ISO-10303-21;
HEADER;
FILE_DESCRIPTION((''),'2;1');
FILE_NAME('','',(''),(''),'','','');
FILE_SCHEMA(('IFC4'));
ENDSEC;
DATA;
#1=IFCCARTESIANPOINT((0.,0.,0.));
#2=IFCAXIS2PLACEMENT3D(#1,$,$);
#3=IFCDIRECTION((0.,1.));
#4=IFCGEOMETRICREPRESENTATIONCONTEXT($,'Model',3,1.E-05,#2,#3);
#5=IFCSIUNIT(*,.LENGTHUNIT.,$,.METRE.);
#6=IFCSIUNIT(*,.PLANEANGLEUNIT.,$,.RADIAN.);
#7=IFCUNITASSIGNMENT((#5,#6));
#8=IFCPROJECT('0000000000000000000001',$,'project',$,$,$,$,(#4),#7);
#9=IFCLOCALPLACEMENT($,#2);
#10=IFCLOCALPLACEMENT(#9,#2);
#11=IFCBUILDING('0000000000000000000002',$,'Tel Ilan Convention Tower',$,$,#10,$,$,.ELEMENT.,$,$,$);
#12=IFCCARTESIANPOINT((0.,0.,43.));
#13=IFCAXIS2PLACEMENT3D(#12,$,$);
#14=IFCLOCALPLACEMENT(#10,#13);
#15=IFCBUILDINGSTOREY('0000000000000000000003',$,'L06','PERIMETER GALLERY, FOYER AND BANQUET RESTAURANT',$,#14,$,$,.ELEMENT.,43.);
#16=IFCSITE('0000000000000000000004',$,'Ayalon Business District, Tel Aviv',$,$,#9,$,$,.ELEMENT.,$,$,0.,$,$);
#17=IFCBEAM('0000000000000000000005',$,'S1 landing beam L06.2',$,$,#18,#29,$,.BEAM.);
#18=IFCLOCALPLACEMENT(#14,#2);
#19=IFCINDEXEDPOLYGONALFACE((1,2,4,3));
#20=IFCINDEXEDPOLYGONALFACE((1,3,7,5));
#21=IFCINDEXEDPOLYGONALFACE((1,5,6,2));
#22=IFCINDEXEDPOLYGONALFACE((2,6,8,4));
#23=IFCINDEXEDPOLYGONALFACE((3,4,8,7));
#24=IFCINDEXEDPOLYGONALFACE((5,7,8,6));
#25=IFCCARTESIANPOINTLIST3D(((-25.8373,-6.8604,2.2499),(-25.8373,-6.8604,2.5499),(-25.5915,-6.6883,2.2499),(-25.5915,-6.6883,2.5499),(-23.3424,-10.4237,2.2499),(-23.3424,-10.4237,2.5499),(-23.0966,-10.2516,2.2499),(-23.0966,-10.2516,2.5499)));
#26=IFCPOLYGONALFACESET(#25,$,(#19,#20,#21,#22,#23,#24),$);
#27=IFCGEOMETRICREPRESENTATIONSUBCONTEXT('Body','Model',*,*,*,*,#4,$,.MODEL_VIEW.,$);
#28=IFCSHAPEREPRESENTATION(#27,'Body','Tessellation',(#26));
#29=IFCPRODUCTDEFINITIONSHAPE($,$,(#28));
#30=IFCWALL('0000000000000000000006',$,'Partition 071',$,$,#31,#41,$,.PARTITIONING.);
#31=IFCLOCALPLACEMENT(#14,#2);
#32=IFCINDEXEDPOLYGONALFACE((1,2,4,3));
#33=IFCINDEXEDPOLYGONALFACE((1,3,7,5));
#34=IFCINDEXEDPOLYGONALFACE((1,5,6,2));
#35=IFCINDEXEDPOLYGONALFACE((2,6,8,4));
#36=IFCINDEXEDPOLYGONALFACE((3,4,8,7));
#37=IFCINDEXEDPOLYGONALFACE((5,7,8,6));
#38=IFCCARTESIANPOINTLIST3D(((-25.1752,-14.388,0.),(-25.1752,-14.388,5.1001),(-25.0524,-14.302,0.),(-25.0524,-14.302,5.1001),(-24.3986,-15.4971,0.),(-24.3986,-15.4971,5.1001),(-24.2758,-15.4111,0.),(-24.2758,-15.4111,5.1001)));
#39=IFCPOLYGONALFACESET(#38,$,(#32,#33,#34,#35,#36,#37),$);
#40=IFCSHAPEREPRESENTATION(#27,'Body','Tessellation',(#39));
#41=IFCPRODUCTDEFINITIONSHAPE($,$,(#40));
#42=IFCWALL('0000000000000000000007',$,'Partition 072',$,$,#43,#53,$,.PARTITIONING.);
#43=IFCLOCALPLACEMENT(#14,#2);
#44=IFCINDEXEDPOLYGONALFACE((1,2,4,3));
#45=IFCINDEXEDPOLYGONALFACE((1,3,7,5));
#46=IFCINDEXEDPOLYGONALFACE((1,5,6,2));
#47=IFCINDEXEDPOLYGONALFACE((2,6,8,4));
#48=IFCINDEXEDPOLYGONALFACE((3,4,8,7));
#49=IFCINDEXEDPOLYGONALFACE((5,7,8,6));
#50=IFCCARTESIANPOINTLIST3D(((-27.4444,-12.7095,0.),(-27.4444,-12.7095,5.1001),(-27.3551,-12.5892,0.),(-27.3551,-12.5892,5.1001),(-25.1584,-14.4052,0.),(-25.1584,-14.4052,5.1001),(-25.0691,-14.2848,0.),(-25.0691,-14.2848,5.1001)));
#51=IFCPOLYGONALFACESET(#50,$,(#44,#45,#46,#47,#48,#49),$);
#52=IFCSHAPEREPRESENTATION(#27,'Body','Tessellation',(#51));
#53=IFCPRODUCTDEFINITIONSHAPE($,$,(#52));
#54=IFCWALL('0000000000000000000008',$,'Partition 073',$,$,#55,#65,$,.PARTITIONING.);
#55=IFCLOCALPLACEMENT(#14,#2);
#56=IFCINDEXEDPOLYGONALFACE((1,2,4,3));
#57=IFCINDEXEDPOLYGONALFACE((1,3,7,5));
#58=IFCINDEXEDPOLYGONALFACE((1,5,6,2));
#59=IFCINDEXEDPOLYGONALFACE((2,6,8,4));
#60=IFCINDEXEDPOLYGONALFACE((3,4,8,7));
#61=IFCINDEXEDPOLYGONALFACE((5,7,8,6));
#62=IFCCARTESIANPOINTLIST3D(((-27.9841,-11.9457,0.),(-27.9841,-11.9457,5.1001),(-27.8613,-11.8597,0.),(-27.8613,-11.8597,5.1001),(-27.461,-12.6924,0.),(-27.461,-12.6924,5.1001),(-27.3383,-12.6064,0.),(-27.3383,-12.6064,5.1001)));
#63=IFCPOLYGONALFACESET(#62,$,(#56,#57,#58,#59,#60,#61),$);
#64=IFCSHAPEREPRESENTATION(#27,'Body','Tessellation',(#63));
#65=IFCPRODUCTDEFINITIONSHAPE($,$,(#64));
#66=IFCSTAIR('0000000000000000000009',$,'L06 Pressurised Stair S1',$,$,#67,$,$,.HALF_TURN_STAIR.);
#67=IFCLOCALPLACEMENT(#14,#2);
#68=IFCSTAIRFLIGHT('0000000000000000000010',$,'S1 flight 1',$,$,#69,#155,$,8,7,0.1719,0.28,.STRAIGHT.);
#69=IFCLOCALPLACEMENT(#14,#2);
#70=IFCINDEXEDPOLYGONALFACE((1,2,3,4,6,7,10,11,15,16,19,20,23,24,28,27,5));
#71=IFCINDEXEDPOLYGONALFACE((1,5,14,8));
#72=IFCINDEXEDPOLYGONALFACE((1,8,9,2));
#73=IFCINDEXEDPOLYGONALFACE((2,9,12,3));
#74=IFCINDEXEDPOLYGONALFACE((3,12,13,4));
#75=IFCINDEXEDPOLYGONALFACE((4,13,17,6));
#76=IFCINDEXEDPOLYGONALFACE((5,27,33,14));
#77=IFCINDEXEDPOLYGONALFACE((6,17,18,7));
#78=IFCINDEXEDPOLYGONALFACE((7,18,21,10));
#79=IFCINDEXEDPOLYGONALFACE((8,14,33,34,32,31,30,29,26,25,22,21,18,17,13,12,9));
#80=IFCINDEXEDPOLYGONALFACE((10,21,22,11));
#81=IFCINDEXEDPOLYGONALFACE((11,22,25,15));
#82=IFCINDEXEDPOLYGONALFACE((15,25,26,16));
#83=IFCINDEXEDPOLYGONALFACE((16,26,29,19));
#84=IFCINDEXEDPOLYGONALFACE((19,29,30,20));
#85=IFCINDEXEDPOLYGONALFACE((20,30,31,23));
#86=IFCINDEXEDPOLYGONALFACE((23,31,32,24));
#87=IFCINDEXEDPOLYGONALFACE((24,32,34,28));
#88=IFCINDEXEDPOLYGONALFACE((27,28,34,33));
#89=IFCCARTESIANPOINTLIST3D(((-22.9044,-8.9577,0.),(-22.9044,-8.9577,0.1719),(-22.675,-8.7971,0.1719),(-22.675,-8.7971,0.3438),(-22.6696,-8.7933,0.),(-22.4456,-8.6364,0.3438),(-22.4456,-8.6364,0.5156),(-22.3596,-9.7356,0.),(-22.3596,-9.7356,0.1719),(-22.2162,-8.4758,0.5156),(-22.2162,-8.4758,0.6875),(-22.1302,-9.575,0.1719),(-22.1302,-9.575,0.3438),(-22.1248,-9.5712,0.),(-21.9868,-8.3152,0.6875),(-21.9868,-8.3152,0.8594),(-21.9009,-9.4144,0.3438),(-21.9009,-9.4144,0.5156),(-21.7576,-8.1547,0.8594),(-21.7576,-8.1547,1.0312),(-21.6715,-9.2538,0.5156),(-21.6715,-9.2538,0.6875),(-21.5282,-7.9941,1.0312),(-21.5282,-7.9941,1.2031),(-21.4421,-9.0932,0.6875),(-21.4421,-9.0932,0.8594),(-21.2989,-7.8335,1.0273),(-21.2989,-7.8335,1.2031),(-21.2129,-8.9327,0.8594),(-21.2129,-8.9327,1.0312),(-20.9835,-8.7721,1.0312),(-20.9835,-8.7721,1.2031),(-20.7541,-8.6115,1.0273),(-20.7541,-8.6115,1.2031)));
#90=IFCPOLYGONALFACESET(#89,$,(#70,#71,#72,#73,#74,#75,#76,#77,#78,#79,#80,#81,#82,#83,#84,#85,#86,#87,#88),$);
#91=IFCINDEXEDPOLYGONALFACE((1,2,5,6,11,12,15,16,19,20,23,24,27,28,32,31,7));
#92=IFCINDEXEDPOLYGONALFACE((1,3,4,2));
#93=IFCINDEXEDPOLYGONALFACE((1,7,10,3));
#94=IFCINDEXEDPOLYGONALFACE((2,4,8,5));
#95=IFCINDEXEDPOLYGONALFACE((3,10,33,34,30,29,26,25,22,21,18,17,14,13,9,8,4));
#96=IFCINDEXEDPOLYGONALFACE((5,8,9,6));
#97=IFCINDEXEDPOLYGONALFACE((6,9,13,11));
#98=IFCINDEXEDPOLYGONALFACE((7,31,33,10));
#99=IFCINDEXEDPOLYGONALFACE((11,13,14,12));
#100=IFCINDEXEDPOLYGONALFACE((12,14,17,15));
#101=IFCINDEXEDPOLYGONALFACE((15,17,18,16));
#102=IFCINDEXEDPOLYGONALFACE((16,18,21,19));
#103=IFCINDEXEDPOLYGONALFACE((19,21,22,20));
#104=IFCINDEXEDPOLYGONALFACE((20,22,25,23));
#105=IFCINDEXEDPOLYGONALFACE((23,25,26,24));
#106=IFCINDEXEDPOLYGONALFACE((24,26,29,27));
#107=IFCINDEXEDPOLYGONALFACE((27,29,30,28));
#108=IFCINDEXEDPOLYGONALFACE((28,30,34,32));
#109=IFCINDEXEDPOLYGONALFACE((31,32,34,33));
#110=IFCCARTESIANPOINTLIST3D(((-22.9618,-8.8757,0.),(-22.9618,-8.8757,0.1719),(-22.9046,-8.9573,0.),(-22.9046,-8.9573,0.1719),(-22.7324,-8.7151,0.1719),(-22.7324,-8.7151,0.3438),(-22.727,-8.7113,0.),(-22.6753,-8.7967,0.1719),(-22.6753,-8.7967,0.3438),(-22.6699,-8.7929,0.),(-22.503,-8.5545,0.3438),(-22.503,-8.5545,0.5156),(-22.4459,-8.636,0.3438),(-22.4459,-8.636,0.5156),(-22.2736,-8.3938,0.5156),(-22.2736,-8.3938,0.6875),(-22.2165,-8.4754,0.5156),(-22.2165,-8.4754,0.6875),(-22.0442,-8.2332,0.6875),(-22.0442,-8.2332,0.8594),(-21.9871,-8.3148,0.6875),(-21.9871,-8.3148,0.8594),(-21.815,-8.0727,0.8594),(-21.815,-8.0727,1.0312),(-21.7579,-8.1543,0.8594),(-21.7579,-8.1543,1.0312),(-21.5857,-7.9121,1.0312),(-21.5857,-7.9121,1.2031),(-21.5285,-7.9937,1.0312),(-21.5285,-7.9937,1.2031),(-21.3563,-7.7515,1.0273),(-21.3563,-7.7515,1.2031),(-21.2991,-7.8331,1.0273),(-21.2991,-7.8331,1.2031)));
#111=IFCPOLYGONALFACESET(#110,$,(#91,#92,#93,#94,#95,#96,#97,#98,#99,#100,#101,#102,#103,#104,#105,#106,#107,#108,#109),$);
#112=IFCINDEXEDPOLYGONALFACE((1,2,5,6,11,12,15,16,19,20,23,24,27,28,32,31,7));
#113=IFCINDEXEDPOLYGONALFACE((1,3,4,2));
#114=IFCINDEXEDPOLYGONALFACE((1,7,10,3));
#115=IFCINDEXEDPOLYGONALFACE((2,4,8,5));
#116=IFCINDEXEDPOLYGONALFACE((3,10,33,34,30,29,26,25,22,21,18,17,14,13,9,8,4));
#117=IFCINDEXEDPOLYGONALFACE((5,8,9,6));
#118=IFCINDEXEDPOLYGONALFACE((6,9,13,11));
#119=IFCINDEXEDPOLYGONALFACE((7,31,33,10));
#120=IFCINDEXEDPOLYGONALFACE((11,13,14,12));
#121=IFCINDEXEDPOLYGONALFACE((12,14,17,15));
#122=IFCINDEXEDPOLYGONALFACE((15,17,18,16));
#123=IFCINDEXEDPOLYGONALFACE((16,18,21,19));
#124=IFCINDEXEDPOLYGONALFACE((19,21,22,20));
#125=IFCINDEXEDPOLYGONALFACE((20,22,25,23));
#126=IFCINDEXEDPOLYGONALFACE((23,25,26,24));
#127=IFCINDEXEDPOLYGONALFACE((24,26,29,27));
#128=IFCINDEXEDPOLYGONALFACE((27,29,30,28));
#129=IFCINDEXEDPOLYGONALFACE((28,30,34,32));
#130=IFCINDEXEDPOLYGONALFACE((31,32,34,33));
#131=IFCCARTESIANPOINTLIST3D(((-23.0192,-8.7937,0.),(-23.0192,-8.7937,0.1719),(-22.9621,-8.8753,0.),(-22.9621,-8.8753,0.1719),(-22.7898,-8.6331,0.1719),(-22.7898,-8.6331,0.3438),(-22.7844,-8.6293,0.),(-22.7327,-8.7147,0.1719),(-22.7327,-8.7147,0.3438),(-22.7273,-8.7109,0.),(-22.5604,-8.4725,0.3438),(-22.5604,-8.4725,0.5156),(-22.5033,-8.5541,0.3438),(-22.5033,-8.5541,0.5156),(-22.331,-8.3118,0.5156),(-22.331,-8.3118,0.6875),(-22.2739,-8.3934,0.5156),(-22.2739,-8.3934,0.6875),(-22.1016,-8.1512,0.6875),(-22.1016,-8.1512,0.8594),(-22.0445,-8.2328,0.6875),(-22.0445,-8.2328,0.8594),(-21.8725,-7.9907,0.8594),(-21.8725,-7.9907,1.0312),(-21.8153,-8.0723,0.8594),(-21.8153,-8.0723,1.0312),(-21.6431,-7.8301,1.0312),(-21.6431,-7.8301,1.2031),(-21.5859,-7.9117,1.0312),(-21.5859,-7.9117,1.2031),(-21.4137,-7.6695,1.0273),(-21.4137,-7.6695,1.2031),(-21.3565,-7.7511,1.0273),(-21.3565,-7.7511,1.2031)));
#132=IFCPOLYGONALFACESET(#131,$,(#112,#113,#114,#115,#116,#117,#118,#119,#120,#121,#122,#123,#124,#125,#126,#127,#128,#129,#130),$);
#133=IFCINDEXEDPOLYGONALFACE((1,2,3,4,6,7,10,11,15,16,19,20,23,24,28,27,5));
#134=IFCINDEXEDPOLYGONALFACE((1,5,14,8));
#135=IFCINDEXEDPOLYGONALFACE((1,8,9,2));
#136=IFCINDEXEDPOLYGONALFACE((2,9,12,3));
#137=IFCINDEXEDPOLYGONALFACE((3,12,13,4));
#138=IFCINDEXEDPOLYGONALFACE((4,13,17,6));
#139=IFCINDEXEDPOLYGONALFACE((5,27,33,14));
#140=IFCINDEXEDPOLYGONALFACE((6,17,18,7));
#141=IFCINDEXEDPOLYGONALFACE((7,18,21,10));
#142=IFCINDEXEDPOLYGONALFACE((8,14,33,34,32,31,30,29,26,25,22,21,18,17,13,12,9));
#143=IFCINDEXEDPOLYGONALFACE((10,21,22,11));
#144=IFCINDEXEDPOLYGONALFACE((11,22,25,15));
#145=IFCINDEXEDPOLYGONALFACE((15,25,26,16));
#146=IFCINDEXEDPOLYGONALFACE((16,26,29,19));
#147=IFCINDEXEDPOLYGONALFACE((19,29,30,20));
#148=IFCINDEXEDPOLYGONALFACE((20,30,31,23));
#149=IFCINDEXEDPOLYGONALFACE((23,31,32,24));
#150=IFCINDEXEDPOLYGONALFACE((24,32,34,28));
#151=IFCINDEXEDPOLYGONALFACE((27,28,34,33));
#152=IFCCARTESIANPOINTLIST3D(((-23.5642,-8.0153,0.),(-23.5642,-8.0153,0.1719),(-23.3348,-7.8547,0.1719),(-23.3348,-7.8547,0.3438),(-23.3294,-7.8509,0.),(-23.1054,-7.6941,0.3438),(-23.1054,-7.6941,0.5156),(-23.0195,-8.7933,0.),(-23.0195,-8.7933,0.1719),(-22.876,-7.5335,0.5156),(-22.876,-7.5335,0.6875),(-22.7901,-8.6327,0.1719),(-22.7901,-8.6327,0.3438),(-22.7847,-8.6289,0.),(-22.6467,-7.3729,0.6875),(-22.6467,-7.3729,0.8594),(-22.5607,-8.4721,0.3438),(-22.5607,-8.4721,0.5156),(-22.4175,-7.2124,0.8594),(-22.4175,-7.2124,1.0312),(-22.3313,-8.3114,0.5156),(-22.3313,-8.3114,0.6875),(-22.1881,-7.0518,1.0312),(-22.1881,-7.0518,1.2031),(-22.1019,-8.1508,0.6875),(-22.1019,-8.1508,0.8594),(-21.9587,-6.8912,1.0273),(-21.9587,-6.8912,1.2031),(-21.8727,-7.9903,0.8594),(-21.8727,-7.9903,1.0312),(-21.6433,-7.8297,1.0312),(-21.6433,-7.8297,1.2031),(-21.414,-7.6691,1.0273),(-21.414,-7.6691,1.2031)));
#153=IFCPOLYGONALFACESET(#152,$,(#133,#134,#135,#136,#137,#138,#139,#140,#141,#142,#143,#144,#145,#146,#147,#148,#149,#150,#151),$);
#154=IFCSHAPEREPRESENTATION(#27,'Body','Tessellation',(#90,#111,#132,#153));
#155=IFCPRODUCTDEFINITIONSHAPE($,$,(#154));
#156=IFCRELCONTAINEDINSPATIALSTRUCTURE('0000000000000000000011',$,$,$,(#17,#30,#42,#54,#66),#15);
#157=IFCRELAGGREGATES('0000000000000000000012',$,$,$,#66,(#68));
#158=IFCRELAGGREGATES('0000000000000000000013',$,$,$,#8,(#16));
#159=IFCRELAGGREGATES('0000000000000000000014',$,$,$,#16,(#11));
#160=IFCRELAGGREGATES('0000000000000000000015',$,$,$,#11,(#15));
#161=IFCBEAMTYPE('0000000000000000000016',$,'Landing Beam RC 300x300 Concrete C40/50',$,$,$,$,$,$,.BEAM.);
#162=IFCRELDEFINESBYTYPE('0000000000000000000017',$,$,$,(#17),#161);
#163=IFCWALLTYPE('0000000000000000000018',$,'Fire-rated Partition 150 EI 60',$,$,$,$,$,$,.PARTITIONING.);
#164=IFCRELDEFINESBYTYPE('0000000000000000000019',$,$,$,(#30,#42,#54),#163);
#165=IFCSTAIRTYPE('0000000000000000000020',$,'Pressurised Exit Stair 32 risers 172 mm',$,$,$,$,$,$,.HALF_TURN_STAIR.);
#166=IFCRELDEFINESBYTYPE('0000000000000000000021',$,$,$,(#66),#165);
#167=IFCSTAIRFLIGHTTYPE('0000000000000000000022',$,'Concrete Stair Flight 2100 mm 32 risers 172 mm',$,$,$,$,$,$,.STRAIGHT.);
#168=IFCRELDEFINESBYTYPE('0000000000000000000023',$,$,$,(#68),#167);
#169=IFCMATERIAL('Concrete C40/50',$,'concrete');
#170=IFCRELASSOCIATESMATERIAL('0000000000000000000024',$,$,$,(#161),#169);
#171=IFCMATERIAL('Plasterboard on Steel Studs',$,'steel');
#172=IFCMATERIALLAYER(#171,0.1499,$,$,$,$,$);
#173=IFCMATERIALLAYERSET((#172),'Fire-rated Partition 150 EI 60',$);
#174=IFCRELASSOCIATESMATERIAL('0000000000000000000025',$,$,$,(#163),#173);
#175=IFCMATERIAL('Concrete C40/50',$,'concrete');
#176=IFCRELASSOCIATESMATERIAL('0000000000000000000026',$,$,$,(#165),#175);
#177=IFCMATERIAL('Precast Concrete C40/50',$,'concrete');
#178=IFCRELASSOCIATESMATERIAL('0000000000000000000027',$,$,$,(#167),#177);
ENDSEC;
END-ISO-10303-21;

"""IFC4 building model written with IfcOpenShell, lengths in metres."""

from ifc_helpers import new_model, si_unit, direction, frame, frame_2d, origin, origin_2d, place, context, subcontext, project, spatial, polyline, rectangle, outline, extrude, material, layer, layer_set, material_profile, profile_set, type_object, element, aggregate, save


model = new_model("IFC4")

# Units and contexts
model_context = context("Model", 3, precision=1e-05, world=origin(), true_north=direction((0.0, 1.0)))
body_context = subcontext(model_context, "Body", "Model", "MODEL_VIEW")
ifc_project = project(units=[si_unit("LENGTHUNIT", "METRE"), si_unit("PLANEANGLEUNIT", "RADIAN")], contexts=[model_context])

# Site, building, storey
site_placement = place(None, origin())
site = spatial("IfcSite", under=ifc_project, at=site_placement, Name="Ayalon Business District, Tel Aviv", CompositionType="ELEMENT", RefElevation=0.0)
building_placement = place(site_placement, origin())
building = spatial("IfcBuilding", under=site, at=building_placement, Name="Tel Ilan Convention Tower", CompositionType="ELEMENT")
storey_placement = place(building_placement, frame((0.0, 0.0, 43.0)))
storey = spatial("IfcBuildingStorey", under=building, at=storey_placement, Name="L06", Description="PERIMETER GALLERY, FOYER AND BANQUET RESTAURANT", CompositionType="ELEMENT", Elevation=43.0)

# Beam
ifc_material_1 = material(Name="Concrete C40/50", Category="concrete")
ifc_material_profile = material_profile(ifc_material_1, rectangle(XDim=0.3, YDim=0.3, at=origin_2d()), Name="RC 300x300")
ifc_profile_set = profile_set([ifc_material_profile], Name="Concrete C40/50")
beam_type = type_object("IfcBeamType", Name="Landing Beam RC 300x300 Concrete C40/50", PredefinedType="BEAM", material=ifc_profile_set)
beam_placement = place(storey_placement, frame((-23.2195, -10.3376, 2.3999), z_axis=(-0.573557, 0.819166, 0.0), x_axis=(-0.819166, -0.573557, 0.0)))
element("IfcBeam", 1, at=beam_placement, inside=storey, type_object=beam_type, Name="S1 landing beam L06.2", PredefinedType="BEAM", context=body_context, shape_type="SweptSolid", body=[
    extrude(rectangle(XDim=0.3, YDim=0.3, at=origin_2d()), origin(), (0.0, 0.0, 1.0), 4.3499),
])

# Walls
ifc_material_2 = material(Name="Plasterboard on Steel Studs", Category="steel")
ifc_layer = layer(ifc_material_2, 0.1499)
ifc_layer_set = layer_set([ifc_layer], Name="Fire-rated Partition 150 EI 60")
wall_type = type_object("IfcWallType", Name="Fire-rated Partition 150 EI 60", PredefinedType="PARTITIONING", material=ifc_layer_set)
wall_1_placement = place(storey_placement, frame((-24.3372, -15.4541, 0.0), z_axis=(0.0, 0.0, 1.0), x_axis=(-0.573571, 0.819156, 0.0)))
element("IfcWall", 2, at=wall_1_placement, inside=storey, type_object=wall_type, Name="Partition 071", PredefinedType="PARTITIONING", context=body_context, shape_type="SweptSolid", body=[
    extrude(rectangle(XDim=1.354, YDim=0.1499, at=frame_2d((0.677, 0.0))), origin(), (0.0, 0.0, 1.0), 5.1001),
])
wall_2_placement = place(storey_placement, frame((-25.1138, -14.345, 0.0), z_axis=(0.0, 0.0, 1.0), x_axis=(-0.80317, 0.595751, 0.0)))
element("IfcWall", 3, at=wall_2_placement, inside=storey, type_object=wall_type, Name="Partition 072", PredefinedType="PARTITIONING", context=body_context, shape_type="SweptSolid", body=[
    extrude(rectangle(XDim=2.8462, YDim=0.1499, at=frame_2d((1.4231, 0.0))), origin(), (0.0, 0.0, 1.0), 5.1001),
])
wall_3_placement = place(storey_placement, frame((-27.3997, -12.6494, 0.0), z_axis=(0.0, 0.0, 1.0), x_axis=(-0.573714, 0.819056, 0.0)))
element("IfcWall", 4, at=wall_3_placement, inside=storey, type_object=wall_type, Name="Partition 073", PredefinedType="PARTITIONING", context=body_context, shape_type="SweptSolid", body=[
    extrude(rectangle(XDim=0.9116, YDim=0.1499, at=frame_2d((0.4558, 0.0))), origin(), (0.0, 0.0, 1.0), 5.1001),
])

# Stair, stair flight
ifc_material_3 = material(Name="Concrete C40/50", Category="concrete")
stair_type = type_object("IfcStairType", Name="Pressurised Exit Stair 32 risers 172 mm", PredefinedType="HALF_TURN_STAIR", material=ifc_material_3)
stair_placement = place(storey_placement, origin())
stair = element("IfcStair", 5, at=stair_placement, inside=storey, type_object=stair_type, Name="L06 Pressurised Stair S1", PredefinedType="HALF_TURN_STAIR")
ifc_material_4 = material(Name="Precast Concrete C40/50", Category="concrete")
stair_flight_type = type_object("IfcStairFlightType", Name="Concrete Stair Flight 2100 mm 32 risers 172 mm", PredefinedType="STRAIGHT", material=ifc_material_4)
stair_flight_1_placement = place(storey_placement, frame((-22.9619, -8.8755, 0.0), z_axis=(0.0, 0.0, 1.0), x_axis=(0.819152, 0.573576, 0.0)))
stair_flight_1 = element("IfcStairFlight", 6, at=stair_flight_1_placement, type_object=stair_flight_type, Name="S1 flight 1", NumberOfRisers=8, NumberOfTreads=7, PredefinedType="STRAIGHT", RiserHeight=0.1719, TreadLength=0.28, context=body_context, shape_type="SweptSolid", body=[
    extrude(outline(polyline([(0.0, 0.0), (0.0, 0.1719), (0.28, 0.1719), (0.28, 0.3438), (0.5601, 0.3438), (0.5601, 0.5156), (0.8401, 0.5156), (0.8401, 0.6875), (1.1201, 0.6875), (1.1201, 0.8594), (1.3999, 0.8594), (1.3999, 1.0312), (1.6799, 1.0312), (1.6799, 1.2031), (1.96, 1.2031), (1.96, 1.375), (1.96, 1.0273), (0.2866, 0.0), (0.0, 0.0)])), frame((0.0, -0.1003, 0.0), z_axis=(0.0, -1.0, 0.0), x_axis=(1.0, 0.0, 0.0)), (0.0, 0.0, 1.0), 0.9497),
    extrude(outline(polyline([(0.0, 0.0), (0.0, 0.1719), (0.28, 0.1719), (0.28, 0.3438), (0.5601, 0.3438), (0.5601, 0.5156), (0.8401, 0.5156), (0.8401, 0.6875), (1.1201, 0.6875), (1.1201, 0.8594), (1.3999, 0.8594), (1.3999, 1.0312), (1.6799, 1.0312), (1.6799, 1.2031), (1.96, 1.2031), (1.96, 1.375), (1.96, 1.0273), (0.2866, 0.0), (0.0, 0.0)])), frame((0.0, -0.0002, 0.0), z_axis=(0.0, -1.0, 0.0), x_axis=(1.0, 0.0, 0.0)), (0.0, 0.0, 1.0), 0.0996),
    extrude(outline(polyline([(0.0, 0.0), (0.0, 0.1719), (0.28, 0.1719), (0.28, 0.3438), (0.5601, 0.3438), (0.5601, 0.5156), (0.8401, 0.5156), (0.8401, 0.6875), (1.1201, 0.6875), (1.1201, 0.8594), (1.3999, 0.8594), (1.3999, 1.0312), (1.6799, 1.0312), (1.6799, 1.2031), (1.96, 1.2031), (1.96, 1.375), (1.96, 1.0273), (0.2866, 0.0), (0.0, 0.0)])), frame((0.0, 0.0999, 0.0), z_axis=(0.0, -1.0, 0.0), x_axis=(1.0, 0.0, 0.0)), (0.0, 0.0, 1.0), 0.0996),
    extrude(outline(polyline([(0.0, 0.0), (0.0, 0.1719), (0.28, 0.1719), (0.28, 0.3438), (0.5601, 0.3438), (0.5601, 0.5156), (0.8401, 0.5156), (0.8401, 0.6875), (1.1201, 0.6875), (1.1201, 0.8594), (1.3999, 0.8594), (1.3999, 1.0312), (1.6799, 1.0312), (1.6799, 1.2031), (1.96, 1.2031), (1.96, 1.375), (1.96, 1.0273), (0.2866, 0.0), (0.0, 0.0)])), frame((0.0, 1.05, 0.0), z_axis=(0.0, -1.0, 0.0), x_axis=(1.0, 0.0, 0.0)), (0.0, 0.0, 1.0), 0.9497),
])
aggregate(stair, [stair_flight_1])

save(model, "model.ifc")
